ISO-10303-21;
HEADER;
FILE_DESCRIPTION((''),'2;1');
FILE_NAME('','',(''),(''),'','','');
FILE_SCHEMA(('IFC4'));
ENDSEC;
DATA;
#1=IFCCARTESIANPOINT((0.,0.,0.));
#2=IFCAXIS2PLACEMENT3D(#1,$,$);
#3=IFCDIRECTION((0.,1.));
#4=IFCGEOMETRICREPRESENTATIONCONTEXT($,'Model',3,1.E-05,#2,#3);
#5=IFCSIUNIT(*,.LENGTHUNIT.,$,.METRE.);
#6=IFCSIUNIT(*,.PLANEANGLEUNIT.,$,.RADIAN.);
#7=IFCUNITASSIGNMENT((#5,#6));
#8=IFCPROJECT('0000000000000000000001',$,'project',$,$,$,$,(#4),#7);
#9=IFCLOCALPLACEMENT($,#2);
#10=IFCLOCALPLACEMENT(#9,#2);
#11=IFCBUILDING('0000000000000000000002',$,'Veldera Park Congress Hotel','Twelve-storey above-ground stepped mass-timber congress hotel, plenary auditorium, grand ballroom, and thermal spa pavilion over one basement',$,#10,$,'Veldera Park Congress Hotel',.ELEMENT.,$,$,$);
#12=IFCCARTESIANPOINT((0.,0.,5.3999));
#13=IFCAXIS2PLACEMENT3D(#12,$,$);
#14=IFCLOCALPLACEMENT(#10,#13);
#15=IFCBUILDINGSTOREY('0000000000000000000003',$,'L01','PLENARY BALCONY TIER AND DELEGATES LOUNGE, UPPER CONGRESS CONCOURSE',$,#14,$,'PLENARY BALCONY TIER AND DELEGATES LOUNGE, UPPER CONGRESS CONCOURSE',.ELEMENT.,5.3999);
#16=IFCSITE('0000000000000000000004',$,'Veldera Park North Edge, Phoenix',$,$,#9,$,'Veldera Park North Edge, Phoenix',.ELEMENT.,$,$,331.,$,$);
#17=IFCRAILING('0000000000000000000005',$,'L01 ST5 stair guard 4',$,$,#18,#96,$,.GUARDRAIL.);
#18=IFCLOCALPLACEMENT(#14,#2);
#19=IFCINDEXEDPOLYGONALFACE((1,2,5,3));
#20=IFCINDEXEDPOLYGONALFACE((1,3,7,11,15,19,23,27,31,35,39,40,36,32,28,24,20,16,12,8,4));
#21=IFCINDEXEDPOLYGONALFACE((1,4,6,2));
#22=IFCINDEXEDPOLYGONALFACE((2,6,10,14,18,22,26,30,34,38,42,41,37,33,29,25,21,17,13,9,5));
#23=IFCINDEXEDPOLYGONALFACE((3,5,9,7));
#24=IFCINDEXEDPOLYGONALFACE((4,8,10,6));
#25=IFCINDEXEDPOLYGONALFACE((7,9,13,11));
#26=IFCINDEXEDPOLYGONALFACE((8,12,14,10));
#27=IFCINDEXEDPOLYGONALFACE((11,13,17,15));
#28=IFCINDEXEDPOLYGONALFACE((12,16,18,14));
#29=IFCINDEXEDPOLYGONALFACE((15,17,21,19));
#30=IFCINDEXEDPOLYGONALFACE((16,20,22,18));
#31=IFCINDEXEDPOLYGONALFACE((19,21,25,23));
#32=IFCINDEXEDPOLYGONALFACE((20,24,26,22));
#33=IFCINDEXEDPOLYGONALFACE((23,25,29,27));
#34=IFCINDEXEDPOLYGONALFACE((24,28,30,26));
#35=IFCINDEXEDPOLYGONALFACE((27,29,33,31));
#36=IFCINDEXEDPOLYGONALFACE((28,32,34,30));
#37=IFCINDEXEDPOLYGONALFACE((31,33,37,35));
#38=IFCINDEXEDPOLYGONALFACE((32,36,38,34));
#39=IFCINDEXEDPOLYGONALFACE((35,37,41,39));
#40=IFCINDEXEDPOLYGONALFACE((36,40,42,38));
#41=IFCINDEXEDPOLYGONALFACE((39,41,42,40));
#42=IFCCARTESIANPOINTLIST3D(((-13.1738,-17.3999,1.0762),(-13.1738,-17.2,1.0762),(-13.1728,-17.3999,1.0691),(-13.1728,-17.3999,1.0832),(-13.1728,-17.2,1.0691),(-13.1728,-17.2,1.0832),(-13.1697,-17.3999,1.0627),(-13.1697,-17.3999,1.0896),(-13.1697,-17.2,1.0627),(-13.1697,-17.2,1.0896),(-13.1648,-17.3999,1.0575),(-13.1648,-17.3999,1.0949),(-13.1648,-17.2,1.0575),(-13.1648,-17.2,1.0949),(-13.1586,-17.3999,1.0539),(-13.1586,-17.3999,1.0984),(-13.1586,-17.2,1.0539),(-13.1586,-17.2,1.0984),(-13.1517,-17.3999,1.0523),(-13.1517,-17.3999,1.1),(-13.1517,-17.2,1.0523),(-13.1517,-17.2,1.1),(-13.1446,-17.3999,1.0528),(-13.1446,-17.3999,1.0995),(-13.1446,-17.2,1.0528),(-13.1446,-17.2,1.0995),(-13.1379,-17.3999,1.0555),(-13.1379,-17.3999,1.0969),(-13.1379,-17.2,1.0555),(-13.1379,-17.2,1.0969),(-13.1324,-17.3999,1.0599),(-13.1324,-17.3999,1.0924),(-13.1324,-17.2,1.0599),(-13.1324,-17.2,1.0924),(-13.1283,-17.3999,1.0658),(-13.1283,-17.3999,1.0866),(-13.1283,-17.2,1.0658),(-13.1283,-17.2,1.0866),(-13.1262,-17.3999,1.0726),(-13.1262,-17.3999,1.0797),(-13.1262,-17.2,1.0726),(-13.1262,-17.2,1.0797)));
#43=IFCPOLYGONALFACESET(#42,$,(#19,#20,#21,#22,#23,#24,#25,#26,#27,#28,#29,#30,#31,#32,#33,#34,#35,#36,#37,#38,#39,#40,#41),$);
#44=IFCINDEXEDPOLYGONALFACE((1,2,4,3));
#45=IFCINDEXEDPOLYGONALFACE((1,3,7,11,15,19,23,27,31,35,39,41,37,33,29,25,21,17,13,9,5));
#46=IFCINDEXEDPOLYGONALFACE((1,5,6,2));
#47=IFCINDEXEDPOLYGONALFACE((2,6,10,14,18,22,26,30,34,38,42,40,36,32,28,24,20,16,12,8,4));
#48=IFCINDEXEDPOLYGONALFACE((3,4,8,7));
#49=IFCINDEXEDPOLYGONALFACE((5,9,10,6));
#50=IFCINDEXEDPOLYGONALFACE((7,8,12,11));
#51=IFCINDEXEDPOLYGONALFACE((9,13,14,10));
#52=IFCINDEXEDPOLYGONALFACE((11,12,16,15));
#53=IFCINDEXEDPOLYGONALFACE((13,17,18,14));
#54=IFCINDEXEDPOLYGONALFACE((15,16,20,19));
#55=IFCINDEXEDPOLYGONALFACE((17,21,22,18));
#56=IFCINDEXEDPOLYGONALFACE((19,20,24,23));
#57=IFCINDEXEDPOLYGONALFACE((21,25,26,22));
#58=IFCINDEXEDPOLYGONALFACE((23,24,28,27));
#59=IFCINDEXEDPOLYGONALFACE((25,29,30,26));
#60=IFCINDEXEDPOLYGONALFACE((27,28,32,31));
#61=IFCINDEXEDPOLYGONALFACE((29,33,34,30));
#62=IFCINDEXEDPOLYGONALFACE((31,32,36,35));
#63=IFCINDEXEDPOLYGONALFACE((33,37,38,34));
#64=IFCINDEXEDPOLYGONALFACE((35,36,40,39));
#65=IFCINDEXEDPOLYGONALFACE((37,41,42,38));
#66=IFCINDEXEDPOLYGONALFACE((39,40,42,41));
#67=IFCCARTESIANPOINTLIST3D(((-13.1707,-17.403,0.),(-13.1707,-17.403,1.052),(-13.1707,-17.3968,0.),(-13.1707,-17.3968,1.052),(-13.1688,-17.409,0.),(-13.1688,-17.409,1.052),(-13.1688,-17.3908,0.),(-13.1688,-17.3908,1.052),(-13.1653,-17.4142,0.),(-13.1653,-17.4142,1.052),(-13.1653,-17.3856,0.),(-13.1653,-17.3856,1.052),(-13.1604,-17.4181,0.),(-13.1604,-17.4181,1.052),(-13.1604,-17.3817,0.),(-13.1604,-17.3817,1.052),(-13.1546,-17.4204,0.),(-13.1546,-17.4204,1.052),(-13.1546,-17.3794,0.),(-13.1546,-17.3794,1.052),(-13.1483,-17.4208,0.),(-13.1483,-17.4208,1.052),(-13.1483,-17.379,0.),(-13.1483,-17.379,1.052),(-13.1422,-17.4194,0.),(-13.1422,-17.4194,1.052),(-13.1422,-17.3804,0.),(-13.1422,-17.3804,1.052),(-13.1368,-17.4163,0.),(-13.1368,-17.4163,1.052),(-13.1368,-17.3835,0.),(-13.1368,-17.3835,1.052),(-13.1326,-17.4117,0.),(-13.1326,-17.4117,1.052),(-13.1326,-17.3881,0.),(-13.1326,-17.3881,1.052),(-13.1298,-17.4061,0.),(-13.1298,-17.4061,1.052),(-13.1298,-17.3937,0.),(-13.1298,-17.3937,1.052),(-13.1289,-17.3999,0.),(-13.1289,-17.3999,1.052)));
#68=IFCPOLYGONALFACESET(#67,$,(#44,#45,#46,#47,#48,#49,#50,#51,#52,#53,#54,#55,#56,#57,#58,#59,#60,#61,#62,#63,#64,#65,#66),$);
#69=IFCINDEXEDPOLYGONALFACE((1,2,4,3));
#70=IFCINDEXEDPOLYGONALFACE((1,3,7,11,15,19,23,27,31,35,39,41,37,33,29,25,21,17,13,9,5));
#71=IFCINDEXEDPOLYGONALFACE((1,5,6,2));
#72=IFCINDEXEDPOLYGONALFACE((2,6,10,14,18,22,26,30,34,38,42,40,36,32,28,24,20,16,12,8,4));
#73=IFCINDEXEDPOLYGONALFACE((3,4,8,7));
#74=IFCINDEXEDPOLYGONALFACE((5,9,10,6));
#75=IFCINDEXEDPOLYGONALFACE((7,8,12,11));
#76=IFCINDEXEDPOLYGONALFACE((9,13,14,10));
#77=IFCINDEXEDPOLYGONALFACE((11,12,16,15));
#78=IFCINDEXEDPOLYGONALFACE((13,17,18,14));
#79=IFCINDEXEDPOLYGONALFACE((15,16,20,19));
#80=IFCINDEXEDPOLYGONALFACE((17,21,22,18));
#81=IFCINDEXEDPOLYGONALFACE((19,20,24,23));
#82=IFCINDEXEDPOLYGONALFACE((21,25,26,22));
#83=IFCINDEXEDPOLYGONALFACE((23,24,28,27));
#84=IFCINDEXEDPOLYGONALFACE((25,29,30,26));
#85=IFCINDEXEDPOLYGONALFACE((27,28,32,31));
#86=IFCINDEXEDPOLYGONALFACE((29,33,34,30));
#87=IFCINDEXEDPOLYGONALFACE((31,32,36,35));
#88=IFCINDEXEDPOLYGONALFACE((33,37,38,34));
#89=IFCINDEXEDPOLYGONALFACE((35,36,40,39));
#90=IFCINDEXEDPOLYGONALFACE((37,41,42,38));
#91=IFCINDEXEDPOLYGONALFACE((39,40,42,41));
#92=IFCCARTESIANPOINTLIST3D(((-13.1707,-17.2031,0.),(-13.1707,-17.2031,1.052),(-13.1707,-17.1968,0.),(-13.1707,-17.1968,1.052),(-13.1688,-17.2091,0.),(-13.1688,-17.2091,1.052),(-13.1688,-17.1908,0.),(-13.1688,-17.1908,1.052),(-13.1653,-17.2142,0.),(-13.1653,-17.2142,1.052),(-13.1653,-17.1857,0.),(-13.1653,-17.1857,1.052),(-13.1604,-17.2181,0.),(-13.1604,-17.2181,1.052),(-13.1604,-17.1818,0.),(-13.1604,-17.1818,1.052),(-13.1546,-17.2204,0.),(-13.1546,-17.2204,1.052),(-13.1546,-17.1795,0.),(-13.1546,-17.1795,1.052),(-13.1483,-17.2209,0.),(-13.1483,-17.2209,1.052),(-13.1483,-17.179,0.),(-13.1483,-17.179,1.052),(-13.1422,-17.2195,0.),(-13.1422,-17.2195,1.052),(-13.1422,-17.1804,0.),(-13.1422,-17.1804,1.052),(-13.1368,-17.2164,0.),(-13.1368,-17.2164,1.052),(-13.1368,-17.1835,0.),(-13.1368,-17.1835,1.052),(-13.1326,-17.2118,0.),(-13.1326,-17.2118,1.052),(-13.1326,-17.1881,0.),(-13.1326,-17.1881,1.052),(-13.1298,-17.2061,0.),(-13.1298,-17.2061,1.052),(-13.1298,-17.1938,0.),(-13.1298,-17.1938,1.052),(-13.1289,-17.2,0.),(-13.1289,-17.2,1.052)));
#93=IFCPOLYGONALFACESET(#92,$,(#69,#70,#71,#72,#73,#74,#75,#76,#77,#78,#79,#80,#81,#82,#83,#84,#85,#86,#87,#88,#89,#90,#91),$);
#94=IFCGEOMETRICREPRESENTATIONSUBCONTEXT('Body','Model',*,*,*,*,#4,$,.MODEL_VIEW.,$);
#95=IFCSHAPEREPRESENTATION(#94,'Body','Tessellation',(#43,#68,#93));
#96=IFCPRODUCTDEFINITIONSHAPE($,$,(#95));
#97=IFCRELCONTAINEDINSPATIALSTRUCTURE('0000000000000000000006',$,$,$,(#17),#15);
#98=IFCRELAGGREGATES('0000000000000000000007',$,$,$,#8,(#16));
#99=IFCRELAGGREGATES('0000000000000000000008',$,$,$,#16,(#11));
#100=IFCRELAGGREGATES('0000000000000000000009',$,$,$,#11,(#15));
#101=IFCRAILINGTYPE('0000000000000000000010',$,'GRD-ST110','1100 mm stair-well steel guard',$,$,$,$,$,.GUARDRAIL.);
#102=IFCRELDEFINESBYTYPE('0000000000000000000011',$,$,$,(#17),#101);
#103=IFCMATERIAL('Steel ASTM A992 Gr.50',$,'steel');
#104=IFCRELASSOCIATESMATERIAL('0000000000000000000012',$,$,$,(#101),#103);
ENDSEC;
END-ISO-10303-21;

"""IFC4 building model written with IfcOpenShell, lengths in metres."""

from ifc_helpers import new_model, si_unit, direction, frame, origin, origin_2d, place, context, subcontext, project, spatial, circle, extrude, material, type_object, element, save


model = new_model("IFC4")

# Units and contexts
model_context = context("Model", 3, precision=1e-05, world=origin(), true_north=direction((0.0, 1.0)))
body_context = subcontext(model_context, "Body", "Model", "MODEL_VIEW")
ifc_project = project(units=[si_unit("LENGTHUNIT", "METRE"), si_unit("PLANEANGLEUNIT", "RADIAN")], contexts=[model_context])

# Site, building, storey
site_placement = place(None, origin())
site = spatial("IfcSite", under=ifc_project, at=site_placement, Name="Veldera Park North Edge, Phoenix", LongName="Veldera Park North Edge, Phoenix", CompositionType="ELEMENT", RefElevation=331.0)
building_placement = place(site_placement, origin())
building = spatial("IfcBuilding", under=site, at=building_placement, Name="Veldera Park Congress Hotel", Description="Twelve-storey above-ground stepped mass-timber congress hotel, plenary auditorium, grand ballroom, and thermal spa pavilion over one basement", LongName="Veldera Park Congress Hotel", CompositionType="ELEMENT")
storey_placement = place(building_placement, frame((0.0, 0.0, 5.3999)))
storey = spatial("IfcBuildingStorey", under=building, at=storey_placement, Name="L01", Description="PLENARY BALCONY TIER AND DELEGATES LOUNGE, UPPER CONGRESS CONCOURSE", LongName="PLENARY BALCONY TIER AND DELEGATES LOUNGE, UPPER CONGRESS CONCOURSE", CompositionType="ELEMENT", Elevation=5.3999)

# Shared definitions
ifc_material_1 = material(Name="Steel ASTM A992 Gr.50", Category="steel")

# Railing
railing_type_1 = type_object("IfcRailingType", Name="GRD-ST110", Description="1100 mm stair-well steel guard", PredefinedType="GUARDRAIL", material=ifc_material_1)
railing_1_placement = place(storey_placement, frame((-13.1499, -17.3999, 0.0)))
element("IfcRailing", 1, at=railing_1_placement, inside=storey, type_object=railing_type_1, Name="L01 ST5 stair guard 4", PredefinedType="GUARDRAIL", context=body_context, shape_type="SweptSolid", body=[
    extrude(circle(Radius=0.0239, at=origin_2d()), frame((0.0, 0.0, 1.0762), z_axis=(0.0, 1.0, 0.0), x_axis=(-1.0, 0.0, 0.0)), (0.0, 0.0, 1.0), 0.2),
    extrude(circle(Radius=0.021, at=origin_2d()), origin(), (0.0, 0.0, 1.0), 1.052),
    extrude(circle(Radius=0.021, at=origin_2d()), frame((0.0, 0.2, 0.0)), (0.0, 0.0, 1.0), 1.052),
])

save(model, "model.ifc")
